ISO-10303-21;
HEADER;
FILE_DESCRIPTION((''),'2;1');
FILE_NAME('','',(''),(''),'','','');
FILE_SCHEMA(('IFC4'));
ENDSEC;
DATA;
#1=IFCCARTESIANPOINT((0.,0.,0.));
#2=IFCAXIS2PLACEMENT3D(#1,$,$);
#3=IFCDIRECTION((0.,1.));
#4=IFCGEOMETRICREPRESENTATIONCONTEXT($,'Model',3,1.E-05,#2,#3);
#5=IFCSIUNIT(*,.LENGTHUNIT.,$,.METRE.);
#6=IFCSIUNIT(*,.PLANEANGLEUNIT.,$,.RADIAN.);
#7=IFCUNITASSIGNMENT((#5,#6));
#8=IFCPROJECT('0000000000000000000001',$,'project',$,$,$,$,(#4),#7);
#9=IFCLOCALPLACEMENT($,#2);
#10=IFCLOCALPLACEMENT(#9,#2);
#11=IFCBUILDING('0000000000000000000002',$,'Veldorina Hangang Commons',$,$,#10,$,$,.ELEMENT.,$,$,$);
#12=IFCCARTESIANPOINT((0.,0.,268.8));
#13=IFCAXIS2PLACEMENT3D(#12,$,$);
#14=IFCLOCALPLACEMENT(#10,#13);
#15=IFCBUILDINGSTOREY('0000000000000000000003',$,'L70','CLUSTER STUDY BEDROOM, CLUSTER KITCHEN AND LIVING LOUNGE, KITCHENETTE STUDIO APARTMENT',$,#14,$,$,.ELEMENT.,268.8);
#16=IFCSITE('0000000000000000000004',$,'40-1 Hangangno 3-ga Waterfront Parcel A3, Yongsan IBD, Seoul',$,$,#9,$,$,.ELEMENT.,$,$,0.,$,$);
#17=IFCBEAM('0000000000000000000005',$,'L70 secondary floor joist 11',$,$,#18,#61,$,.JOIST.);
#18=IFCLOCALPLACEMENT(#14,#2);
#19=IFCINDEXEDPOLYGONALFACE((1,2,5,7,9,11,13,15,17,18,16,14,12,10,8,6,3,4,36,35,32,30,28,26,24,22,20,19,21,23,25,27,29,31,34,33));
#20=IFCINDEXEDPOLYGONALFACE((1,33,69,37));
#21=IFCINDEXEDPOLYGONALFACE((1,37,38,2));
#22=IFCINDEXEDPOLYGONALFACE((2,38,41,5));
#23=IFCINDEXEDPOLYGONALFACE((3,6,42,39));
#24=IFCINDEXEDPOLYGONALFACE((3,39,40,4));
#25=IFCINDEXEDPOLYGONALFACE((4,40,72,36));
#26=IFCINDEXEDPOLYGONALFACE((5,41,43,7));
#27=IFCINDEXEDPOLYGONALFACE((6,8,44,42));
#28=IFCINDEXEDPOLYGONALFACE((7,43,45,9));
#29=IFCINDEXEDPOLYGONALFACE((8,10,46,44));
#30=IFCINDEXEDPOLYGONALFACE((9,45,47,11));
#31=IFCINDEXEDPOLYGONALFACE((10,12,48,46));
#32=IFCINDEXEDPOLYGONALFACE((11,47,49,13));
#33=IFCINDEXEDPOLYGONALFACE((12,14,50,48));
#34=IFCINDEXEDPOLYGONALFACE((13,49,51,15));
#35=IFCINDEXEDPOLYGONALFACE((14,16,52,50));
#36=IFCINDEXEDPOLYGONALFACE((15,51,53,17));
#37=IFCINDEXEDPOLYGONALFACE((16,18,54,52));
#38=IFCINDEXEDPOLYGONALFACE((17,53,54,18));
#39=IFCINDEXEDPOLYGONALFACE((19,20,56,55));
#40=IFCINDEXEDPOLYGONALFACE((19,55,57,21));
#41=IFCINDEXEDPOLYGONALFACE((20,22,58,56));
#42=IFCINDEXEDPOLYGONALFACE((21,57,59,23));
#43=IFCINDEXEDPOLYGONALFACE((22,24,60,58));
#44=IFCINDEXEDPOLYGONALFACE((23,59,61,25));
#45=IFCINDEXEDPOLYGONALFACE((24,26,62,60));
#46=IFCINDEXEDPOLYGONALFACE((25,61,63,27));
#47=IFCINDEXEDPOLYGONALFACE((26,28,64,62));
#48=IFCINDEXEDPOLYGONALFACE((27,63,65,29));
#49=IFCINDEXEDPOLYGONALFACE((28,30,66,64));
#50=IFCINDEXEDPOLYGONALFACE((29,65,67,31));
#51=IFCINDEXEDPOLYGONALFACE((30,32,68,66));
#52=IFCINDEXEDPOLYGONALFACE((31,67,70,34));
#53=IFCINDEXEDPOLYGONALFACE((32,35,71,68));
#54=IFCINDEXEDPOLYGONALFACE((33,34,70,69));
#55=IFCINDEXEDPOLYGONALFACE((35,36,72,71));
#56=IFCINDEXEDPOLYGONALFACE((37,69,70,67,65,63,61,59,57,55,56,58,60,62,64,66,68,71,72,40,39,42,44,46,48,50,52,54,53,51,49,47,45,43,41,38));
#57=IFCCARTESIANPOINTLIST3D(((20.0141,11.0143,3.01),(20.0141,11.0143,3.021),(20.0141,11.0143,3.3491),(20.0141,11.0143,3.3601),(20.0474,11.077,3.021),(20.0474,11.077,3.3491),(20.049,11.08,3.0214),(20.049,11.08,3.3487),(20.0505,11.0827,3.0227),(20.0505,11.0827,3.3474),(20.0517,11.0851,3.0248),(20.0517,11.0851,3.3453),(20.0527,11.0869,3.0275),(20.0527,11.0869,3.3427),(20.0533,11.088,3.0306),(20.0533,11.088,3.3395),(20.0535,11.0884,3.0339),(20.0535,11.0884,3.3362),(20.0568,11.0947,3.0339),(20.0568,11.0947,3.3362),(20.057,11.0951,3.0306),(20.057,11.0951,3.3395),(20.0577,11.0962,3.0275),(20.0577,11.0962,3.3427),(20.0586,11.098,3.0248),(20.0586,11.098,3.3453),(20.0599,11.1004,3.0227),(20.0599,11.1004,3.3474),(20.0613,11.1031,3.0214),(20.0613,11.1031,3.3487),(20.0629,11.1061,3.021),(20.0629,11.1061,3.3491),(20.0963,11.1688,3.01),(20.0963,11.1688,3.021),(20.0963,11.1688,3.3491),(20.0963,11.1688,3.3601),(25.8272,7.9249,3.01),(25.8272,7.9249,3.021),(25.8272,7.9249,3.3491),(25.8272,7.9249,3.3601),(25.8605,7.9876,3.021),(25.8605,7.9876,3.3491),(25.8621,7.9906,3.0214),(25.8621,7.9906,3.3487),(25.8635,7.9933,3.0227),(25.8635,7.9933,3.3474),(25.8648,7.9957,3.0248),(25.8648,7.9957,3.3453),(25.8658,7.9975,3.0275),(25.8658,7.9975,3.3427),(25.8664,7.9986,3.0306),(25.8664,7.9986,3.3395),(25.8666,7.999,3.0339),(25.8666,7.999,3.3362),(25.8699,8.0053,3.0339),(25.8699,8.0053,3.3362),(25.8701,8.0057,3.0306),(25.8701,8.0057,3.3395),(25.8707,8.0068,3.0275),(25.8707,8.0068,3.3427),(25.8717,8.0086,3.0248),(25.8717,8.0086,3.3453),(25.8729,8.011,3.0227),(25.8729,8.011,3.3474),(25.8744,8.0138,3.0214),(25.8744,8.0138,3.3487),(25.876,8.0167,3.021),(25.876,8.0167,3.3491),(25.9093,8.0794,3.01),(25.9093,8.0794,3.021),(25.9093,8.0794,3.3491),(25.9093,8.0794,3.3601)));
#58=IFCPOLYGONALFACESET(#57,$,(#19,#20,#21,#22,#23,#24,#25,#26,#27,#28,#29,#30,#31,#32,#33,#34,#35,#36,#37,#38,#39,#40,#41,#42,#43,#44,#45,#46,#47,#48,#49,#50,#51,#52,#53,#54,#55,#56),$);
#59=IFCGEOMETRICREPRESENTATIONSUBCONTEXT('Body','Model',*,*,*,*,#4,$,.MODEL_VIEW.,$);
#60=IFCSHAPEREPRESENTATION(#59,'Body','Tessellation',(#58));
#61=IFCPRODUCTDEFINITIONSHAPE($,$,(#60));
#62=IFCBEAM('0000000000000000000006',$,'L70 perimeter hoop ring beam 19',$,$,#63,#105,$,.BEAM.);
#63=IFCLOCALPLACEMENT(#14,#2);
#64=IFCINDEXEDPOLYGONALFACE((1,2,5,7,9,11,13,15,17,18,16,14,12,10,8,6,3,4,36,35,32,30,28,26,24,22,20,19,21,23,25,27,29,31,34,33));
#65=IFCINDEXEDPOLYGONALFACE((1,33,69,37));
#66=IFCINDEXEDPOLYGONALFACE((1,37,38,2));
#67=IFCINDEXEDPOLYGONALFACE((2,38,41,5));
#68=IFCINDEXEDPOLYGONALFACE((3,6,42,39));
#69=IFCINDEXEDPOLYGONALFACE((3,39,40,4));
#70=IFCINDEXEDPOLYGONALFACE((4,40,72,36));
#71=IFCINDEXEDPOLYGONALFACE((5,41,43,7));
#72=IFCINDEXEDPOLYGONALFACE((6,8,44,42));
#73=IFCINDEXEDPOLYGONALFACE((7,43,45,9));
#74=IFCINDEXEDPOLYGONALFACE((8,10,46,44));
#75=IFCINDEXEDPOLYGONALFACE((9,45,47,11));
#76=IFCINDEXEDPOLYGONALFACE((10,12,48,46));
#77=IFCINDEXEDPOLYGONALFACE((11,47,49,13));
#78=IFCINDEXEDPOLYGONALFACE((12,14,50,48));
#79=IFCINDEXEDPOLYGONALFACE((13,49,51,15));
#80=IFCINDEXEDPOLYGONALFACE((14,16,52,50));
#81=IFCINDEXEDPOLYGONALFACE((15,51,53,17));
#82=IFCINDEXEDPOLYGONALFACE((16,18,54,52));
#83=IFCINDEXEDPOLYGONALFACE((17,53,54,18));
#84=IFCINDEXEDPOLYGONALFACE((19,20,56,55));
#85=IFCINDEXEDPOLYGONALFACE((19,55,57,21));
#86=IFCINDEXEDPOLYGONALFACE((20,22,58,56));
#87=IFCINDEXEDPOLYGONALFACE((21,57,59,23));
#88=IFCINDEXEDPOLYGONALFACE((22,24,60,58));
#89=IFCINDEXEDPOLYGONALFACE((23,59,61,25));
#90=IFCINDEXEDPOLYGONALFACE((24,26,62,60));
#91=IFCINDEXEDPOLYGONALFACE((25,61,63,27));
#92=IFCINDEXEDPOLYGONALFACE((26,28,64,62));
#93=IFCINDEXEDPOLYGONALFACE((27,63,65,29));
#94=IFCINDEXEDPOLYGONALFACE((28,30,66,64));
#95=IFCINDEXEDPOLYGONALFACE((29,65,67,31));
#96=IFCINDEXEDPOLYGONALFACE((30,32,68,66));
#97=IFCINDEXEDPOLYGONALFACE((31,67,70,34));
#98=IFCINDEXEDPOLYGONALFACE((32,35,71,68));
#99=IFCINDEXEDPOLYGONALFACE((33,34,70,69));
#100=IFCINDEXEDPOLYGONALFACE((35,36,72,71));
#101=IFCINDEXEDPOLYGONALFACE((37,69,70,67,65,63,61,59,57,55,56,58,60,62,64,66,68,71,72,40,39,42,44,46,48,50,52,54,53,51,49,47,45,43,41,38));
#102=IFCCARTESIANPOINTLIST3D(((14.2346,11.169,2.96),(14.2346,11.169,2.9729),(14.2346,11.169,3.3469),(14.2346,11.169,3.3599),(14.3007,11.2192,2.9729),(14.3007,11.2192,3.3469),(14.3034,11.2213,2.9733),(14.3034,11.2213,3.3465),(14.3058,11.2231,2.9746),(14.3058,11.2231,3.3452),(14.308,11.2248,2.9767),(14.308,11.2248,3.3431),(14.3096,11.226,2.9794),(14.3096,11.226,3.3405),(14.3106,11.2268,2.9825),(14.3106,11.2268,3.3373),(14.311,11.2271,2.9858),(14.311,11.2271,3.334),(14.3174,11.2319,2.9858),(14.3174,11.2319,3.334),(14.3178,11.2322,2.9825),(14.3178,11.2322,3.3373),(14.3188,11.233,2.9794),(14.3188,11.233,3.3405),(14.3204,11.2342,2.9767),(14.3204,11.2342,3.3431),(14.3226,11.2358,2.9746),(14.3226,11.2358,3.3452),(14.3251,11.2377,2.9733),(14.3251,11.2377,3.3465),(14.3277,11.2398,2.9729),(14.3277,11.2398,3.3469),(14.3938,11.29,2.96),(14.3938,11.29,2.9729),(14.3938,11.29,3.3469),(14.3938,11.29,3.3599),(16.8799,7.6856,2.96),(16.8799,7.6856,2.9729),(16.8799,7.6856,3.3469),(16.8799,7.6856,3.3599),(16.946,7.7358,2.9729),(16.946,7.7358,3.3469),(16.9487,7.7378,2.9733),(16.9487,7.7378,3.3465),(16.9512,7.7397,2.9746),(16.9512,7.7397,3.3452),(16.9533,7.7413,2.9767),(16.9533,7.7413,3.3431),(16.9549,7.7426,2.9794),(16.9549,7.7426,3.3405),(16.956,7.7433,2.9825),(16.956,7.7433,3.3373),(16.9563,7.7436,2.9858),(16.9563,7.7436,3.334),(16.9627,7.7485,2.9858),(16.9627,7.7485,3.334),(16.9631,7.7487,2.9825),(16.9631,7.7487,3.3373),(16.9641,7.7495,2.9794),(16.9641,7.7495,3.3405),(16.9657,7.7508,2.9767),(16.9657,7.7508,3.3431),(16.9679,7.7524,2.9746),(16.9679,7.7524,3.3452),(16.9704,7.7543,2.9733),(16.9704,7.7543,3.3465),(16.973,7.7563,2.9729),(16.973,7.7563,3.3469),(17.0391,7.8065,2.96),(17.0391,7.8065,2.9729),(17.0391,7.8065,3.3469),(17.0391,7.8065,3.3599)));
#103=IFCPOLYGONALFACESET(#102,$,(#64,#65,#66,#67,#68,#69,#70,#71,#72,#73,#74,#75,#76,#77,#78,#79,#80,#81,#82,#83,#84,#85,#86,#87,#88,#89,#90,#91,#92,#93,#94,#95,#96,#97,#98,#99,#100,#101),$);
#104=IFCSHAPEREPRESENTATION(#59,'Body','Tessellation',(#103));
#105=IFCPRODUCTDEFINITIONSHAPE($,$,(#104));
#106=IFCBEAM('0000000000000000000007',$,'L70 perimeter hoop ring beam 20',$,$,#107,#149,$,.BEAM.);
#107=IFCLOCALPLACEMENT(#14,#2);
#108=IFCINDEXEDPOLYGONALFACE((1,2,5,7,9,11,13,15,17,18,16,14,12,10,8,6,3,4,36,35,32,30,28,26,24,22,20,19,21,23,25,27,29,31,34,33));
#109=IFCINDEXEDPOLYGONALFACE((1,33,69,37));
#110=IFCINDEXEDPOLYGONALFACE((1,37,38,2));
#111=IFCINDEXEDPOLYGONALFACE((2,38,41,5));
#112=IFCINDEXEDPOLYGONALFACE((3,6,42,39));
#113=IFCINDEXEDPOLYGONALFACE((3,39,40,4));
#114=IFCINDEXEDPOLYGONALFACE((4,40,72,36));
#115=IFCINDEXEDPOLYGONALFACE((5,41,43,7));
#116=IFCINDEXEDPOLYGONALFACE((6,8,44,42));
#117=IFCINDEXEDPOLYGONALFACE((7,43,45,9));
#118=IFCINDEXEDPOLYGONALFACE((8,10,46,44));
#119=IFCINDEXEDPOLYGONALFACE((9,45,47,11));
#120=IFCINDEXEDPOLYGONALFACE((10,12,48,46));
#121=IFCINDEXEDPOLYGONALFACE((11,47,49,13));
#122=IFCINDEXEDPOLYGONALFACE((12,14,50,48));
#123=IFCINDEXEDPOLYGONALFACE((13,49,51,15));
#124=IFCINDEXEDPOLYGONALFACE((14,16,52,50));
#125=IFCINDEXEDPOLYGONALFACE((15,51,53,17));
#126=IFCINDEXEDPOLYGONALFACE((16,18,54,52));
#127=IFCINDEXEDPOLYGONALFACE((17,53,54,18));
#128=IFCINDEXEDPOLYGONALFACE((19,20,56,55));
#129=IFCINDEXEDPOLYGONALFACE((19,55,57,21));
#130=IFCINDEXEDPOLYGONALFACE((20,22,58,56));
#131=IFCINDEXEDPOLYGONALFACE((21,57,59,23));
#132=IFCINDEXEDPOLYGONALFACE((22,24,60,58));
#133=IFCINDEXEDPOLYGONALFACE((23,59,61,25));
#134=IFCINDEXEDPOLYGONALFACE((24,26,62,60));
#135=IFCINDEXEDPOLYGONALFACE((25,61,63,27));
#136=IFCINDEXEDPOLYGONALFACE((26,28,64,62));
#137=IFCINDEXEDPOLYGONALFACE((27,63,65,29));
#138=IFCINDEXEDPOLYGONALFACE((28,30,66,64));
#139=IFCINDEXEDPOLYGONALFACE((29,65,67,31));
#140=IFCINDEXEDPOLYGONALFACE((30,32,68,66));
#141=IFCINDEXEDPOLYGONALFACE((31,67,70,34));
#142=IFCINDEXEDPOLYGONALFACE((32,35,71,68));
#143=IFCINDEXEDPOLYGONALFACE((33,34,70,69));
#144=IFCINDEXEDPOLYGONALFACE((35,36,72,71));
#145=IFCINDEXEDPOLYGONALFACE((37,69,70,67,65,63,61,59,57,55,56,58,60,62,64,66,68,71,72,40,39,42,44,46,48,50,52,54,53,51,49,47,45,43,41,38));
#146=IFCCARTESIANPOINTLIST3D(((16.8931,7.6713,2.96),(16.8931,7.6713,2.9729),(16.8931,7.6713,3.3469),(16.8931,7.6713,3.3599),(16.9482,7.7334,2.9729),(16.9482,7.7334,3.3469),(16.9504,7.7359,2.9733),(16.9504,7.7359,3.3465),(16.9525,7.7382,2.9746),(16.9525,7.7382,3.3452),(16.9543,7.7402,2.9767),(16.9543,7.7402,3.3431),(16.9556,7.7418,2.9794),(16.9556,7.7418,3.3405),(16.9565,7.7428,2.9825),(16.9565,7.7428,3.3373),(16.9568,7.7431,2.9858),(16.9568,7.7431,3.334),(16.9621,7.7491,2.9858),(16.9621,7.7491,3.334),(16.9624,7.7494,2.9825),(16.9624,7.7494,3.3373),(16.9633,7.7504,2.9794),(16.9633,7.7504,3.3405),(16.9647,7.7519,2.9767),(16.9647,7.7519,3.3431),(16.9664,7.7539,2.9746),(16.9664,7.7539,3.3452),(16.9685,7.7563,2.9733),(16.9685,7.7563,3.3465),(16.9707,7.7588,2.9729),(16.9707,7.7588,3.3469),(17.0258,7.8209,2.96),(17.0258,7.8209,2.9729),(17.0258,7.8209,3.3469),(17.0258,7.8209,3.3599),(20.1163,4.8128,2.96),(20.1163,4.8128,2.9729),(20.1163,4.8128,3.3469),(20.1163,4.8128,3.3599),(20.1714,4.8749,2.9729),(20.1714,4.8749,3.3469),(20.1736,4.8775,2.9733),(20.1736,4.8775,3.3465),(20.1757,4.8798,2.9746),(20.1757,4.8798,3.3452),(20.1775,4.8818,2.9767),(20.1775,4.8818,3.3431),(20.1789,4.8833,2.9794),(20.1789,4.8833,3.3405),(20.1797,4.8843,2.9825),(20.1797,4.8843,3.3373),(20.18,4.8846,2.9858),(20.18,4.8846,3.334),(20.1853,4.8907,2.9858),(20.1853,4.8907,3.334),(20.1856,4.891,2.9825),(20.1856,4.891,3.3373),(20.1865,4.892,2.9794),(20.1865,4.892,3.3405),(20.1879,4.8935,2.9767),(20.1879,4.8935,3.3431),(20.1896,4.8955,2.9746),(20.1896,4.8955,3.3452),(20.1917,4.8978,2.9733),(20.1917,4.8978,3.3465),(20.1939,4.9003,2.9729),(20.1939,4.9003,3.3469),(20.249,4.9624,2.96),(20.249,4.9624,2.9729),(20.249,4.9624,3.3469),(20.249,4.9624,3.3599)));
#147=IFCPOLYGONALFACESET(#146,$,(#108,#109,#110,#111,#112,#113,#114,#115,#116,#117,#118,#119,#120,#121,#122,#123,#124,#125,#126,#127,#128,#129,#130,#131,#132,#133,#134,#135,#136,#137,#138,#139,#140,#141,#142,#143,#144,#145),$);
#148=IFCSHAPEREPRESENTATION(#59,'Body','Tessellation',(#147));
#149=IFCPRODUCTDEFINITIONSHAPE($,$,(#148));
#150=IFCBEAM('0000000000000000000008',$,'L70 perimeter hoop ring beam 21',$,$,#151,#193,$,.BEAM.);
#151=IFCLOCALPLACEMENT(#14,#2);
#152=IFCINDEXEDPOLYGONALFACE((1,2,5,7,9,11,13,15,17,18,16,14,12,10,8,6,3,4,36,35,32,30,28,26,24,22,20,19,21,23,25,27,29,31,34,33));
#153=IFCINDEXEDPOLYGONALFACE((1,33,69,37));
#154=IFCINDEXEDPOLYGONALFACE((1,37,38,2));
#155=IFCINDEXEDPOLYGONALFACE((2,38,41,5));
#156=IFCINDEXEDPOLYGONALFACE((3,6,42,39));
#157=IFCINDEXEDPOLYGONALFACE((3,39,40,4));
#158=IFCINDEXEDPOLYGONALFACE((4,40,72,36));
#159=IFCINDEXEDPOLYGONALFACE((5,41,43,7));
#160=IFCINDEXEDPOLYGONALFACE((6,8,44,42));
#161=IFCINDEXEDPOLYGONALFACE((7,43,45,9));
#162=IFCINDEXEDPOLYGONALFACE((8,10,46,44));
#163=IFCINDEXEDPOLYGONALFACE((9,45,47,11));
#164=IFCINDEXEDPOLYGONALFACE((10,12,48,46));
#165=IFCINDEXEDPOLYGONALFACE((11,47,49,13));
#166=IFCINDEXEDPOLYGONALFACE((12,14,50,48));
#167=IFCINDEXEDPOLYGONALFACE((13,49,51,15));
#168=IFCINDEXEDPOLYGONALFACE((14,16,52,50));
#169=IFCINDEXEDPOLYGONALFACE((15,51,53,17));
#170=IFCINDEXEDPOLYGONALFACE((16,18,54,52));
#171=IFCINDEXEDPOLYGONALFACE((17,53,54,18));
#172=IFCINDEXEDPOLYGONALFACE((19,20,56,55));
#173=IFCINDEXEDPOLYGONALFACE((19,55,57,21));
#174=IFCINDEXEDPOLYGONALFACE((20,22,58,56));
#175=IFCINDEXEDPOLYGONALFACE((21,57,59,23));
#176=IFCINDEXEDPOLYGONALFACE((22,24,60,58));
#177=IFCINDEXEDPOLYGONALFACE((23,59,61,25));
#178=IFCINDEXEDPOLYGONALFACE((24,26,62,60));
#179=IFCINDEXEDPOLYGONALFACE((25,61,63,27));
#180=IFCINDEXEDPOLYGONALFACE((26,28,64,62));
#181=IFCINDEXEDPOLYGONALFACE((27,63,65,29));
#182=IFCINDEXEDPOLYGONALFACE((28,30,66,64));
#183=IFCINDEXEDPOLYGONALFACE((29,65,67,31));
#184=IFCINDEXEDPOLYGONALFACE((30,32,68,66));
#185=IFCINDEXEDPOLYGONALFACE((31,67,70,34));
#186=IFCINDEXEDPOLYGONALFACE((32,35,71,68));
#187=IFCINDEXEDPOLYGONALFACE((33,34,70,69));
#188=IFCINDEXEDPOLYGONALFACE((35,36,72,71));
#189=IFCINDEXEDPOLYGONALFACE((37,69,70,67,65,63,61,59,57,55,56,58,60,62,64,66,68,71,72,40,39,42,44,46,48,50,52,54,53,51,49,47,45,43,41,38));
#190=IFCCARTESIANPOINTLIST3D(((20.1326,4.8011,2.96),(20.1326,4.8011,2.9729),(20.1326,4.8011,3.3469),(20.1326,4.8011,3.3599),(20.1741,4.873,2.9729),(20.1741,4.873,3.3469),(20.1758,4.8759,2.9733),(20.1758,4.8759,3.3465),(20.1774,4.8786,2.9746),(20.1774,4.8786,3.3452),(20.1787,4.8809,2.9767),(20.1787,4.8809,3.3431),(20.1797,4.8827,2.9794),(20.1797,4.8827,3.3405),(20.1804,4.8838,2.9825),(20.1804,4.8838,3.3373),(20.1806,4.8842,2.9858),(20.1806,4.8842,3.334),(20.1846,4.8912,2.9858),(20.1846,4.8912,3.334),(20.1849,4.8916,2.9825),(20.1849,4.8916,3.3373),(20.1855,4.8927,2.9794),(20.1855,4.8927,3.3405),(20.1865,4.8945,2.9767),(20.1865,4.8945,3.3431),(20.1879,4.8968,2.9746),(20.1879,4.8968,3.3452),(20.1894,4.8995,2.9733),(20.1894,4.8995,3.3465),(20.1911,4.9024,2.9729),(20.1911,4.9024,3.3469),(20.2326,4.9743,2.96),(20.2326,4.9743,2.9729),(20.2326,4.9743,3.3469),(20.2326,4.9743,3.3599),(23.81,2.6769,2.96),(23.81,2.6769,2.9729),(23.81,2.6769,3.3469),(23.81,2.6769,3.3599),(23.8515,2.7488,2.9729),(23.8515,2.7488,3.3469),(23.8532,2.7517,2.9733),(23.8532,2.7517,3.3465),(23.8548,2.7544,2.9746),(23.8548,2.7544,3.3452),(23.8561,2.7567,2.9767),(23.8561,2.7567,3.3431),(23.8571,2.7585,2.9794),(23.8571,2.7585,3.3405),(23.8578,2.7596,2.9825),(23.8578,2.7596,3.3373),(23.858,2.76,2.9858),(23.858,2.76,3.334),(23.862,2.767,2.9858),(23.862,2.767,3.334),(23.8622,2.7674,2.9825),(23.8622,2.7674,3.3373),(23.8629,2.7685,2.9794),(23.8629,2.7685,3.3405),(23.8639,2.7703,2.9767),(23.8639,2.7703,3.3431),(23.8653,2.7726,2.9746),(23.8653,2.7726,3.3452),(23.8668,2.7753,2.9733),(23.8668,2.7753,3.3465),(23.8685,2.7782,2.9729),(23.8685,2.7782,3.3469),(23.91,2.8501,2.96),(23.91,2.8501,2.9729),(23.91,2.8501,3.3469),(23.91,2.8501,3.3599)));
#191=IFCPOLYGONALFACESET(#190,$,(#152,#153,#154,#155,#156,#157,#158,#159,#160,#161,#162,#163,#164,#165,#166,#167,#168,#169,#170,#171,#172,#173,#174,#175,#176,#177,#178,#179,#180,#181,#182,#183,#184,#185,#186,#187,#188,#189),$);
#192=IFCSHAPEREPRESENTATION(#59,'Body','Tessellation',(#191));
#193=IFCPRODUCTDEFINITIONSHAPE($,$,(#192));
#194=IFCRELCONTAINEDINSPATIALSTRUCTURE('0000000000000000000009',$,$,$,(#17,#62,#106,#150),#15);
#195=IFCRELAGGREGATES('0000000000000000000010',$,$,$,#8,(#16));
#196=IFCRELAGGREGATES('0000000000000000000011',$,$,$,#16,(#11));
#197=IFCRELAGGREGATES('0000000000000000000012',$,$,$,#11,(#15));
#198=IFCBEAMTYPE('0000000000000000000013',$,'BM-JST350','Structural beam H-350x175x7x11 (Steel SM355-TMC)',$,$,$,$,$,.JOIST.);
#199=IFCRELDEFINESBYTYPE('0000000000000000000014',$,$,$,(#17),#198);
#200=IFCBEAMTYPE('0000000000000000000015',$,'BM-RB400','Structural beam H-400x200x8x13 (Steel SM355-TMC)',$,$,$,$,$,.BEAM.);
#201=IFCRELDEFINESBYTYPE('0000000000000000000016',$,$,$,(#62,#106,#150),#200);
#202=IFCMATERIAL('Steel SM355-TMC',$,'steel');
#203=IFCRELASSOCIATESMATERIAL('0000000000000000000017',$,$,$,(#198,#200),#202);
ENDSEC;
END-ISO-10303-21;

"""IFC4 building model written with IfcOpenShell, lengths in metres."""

from ifc_helpers import new_model, si_unit, direction, frame, origin, origin_2d, place, context, subcontext, project, spatial, i_section, extrude, material, material_profile, profile_set, type_object, element, save


model = new_model("IFC4")

# Units and contexts
model_context = context("Model", 3, precision=1e-05, world=origin(), true_north=direction((0.0, 1.0)))
body_context = subcontext(model_context, "Body", "Model", "MODEL_VIEW")
ifc_project = project(units=[si_unit("LENGTHUNIT", "METRE"), si_unit("PLANEANGLEUNIT", "RADIAN")], contexts=[model_context])

# Site, building, storey
site_placement = place(None, origin())
site = spatial("IfcSite", under=ifc_project, at=site_placement, Name="40-1 Hangangno 3-ga Waterfront Parcel A3, Yongsan IBD, Seoul", CompositionType="ELEMENT", RefElevation=0.0)
building_placement = place(site_placement, origin())
building = spatial("IfcBuilding", under=site, at=building_placement, Name="Veldorina Hangang Commons", CompositionType="ELEMENT")
storey_placement = place(building_placement, frame((0.0, 0.0, 268.8)))
storey = spatial("IfcBuildingStorey", under=building, at=storey_placement, Name="L70", Description="CLUSTER STUDY BEDROOM, CLUSTER KITCHEN AND LIVING LOUNGE, KITCHENETTE STUDIO APARTMENT", CompositionType="ELEMENT", Elevation=268.8)

# Beams
ifc_material_1 = material(Name="Steel SM355-TMC", Category="steel")
ifc_material_profile_1 = material_profile(ifc_material_1, i_section(OverallWidth=0.175, OverallDepth=0.3501, WebThickness=0.0071, FlangeThickness=0.011, FilletRadius=0.0129, at=origin_2d()), Name="H-350x175x7x11")
ifc_profile_set_1 = profile_set([ifc_material_profile_1], Name="Steel SM355-TMC")
beam_type_1 = type_object("IfcBeamType", Name="BM-JST350", Description="Structural beam H-350x175x7x11 (Steel SM355-TMC)", PredefinedType="JOIST", material=ifc_profile_set_1)
beam_1_placement = place(storey_placement, frame((20.0552, 11.0916, 3.1851), z_axis=(0.88304, -0.469298, 0.0), x_axis=(0.469298, 0.88304, 0.0)))
element("IfcBeam", 1, at=beam_1_placement, inside=storey, type_object=beam_type_1, Name="L70 secondary floor joist 11", PredefinedType="JOIST", context=body_context, shape_type="SweptSolid", body=[
    extrude(i_section(OverallWidth=0.175, OverallDepth=0.3501, WebThickness=0.0071, FlangeThickness=0.011, FilletRadius=0.0129, at=origin_2d()), origin(), (0.0, 0.0, 1.0), 6.583),
])
ifc_material_profile_2 = material_profile(ifc_material_1, i_section(OverallWidth=0.2, OverallDepth=0.3999, WebThickness=0.0081, FlangeThickness=0.0129, FilletRadius=0.0129, at=origin_2d()), Name="H-400x200x8x13")
ifc_profile_set_2 = profile_set([ifc_material_profile_2], Name="Steel SM355-TMC")
beam_type_2 = type_object("IfcBeamType", Name="BM-RB400", Description="Structural beam H-400x200x8x13 (Steel SM355-TMC)", PredefinedType="BEAM", material=ifc_profile_set_2)
beam_2_placement = place(storey_placement, frame((14.3142, 11.2295, 3.1599), z_axis=(0.604776, -0.796396, 0.0), x_axis=(0.796396, 0.604776, 0.0)))
element("IfcBeam", 2, at=beam_2_placement, inside=storey, type_object=beam_type_2, Name="L70 perimeter hoop ring beam 19", PredefinedType="BEAM", context=body_context, shape_type="SweptSolid", body=[
    extrude(i_section(OverallWidth=0.2, OverallDepth=0.3999, WebThickness=0.0081, FlangeThickness=0.0129, FilletRadius=0.0129, at=origin_2d()), origin(), (0.0, 0.0, 1.0), 4.374),
])
beam_3_placement = place(storey_placement, frame((16.9595, 7.7461, 3.1599), z_axis=(0.748172, -0.663505, 0.0), x_axis=(0.663505, 0.748172, 0.0)))
element("IfcBeam", 3, at=beam_3_placement, inside=storey, type_object=beam_type_2, Name="L70 perimeter hoop ring beam 20", PredefinedType="BEAM", context=body_context, shape_type="SweptSolid", body=[
    extrude(i_section(OverallWidth=0.2, OverallDepth=0.3999, WebThickness=0.0081, FlangeThickness=0.0129, FilletRadius=0.0129, at=origin_2d()), origin(), (0.0, 0.0, 1.0), 4.3081),
])
beam_4_placement = place(storey_placement, frame((20.1826, 4.8877, 3.1599), z_axis=(0.865917, -0.500189, 0.0), x_axis=(0.500189, 0.865917, 0.0)))
element("IfcBeam", 4, at=beam_4_placement, inside=storey, type_object=beam_type_2, Name="L70 perimeter hoop ring beam 21", PredefinedType="BEAM", context=body_context, shape_type="SweptSolid", body=[
    extrude(i_section(OverallWidth=0.2, OverallDepth=0.3999, WebThickness=0.0081, FlangeThickness=0.0129, FilletRadius=0.0129, at=origin_2d()), origin(), (0.0, 0.0, 1.0), 4.2468),
])

save(model, "model.ifc")
